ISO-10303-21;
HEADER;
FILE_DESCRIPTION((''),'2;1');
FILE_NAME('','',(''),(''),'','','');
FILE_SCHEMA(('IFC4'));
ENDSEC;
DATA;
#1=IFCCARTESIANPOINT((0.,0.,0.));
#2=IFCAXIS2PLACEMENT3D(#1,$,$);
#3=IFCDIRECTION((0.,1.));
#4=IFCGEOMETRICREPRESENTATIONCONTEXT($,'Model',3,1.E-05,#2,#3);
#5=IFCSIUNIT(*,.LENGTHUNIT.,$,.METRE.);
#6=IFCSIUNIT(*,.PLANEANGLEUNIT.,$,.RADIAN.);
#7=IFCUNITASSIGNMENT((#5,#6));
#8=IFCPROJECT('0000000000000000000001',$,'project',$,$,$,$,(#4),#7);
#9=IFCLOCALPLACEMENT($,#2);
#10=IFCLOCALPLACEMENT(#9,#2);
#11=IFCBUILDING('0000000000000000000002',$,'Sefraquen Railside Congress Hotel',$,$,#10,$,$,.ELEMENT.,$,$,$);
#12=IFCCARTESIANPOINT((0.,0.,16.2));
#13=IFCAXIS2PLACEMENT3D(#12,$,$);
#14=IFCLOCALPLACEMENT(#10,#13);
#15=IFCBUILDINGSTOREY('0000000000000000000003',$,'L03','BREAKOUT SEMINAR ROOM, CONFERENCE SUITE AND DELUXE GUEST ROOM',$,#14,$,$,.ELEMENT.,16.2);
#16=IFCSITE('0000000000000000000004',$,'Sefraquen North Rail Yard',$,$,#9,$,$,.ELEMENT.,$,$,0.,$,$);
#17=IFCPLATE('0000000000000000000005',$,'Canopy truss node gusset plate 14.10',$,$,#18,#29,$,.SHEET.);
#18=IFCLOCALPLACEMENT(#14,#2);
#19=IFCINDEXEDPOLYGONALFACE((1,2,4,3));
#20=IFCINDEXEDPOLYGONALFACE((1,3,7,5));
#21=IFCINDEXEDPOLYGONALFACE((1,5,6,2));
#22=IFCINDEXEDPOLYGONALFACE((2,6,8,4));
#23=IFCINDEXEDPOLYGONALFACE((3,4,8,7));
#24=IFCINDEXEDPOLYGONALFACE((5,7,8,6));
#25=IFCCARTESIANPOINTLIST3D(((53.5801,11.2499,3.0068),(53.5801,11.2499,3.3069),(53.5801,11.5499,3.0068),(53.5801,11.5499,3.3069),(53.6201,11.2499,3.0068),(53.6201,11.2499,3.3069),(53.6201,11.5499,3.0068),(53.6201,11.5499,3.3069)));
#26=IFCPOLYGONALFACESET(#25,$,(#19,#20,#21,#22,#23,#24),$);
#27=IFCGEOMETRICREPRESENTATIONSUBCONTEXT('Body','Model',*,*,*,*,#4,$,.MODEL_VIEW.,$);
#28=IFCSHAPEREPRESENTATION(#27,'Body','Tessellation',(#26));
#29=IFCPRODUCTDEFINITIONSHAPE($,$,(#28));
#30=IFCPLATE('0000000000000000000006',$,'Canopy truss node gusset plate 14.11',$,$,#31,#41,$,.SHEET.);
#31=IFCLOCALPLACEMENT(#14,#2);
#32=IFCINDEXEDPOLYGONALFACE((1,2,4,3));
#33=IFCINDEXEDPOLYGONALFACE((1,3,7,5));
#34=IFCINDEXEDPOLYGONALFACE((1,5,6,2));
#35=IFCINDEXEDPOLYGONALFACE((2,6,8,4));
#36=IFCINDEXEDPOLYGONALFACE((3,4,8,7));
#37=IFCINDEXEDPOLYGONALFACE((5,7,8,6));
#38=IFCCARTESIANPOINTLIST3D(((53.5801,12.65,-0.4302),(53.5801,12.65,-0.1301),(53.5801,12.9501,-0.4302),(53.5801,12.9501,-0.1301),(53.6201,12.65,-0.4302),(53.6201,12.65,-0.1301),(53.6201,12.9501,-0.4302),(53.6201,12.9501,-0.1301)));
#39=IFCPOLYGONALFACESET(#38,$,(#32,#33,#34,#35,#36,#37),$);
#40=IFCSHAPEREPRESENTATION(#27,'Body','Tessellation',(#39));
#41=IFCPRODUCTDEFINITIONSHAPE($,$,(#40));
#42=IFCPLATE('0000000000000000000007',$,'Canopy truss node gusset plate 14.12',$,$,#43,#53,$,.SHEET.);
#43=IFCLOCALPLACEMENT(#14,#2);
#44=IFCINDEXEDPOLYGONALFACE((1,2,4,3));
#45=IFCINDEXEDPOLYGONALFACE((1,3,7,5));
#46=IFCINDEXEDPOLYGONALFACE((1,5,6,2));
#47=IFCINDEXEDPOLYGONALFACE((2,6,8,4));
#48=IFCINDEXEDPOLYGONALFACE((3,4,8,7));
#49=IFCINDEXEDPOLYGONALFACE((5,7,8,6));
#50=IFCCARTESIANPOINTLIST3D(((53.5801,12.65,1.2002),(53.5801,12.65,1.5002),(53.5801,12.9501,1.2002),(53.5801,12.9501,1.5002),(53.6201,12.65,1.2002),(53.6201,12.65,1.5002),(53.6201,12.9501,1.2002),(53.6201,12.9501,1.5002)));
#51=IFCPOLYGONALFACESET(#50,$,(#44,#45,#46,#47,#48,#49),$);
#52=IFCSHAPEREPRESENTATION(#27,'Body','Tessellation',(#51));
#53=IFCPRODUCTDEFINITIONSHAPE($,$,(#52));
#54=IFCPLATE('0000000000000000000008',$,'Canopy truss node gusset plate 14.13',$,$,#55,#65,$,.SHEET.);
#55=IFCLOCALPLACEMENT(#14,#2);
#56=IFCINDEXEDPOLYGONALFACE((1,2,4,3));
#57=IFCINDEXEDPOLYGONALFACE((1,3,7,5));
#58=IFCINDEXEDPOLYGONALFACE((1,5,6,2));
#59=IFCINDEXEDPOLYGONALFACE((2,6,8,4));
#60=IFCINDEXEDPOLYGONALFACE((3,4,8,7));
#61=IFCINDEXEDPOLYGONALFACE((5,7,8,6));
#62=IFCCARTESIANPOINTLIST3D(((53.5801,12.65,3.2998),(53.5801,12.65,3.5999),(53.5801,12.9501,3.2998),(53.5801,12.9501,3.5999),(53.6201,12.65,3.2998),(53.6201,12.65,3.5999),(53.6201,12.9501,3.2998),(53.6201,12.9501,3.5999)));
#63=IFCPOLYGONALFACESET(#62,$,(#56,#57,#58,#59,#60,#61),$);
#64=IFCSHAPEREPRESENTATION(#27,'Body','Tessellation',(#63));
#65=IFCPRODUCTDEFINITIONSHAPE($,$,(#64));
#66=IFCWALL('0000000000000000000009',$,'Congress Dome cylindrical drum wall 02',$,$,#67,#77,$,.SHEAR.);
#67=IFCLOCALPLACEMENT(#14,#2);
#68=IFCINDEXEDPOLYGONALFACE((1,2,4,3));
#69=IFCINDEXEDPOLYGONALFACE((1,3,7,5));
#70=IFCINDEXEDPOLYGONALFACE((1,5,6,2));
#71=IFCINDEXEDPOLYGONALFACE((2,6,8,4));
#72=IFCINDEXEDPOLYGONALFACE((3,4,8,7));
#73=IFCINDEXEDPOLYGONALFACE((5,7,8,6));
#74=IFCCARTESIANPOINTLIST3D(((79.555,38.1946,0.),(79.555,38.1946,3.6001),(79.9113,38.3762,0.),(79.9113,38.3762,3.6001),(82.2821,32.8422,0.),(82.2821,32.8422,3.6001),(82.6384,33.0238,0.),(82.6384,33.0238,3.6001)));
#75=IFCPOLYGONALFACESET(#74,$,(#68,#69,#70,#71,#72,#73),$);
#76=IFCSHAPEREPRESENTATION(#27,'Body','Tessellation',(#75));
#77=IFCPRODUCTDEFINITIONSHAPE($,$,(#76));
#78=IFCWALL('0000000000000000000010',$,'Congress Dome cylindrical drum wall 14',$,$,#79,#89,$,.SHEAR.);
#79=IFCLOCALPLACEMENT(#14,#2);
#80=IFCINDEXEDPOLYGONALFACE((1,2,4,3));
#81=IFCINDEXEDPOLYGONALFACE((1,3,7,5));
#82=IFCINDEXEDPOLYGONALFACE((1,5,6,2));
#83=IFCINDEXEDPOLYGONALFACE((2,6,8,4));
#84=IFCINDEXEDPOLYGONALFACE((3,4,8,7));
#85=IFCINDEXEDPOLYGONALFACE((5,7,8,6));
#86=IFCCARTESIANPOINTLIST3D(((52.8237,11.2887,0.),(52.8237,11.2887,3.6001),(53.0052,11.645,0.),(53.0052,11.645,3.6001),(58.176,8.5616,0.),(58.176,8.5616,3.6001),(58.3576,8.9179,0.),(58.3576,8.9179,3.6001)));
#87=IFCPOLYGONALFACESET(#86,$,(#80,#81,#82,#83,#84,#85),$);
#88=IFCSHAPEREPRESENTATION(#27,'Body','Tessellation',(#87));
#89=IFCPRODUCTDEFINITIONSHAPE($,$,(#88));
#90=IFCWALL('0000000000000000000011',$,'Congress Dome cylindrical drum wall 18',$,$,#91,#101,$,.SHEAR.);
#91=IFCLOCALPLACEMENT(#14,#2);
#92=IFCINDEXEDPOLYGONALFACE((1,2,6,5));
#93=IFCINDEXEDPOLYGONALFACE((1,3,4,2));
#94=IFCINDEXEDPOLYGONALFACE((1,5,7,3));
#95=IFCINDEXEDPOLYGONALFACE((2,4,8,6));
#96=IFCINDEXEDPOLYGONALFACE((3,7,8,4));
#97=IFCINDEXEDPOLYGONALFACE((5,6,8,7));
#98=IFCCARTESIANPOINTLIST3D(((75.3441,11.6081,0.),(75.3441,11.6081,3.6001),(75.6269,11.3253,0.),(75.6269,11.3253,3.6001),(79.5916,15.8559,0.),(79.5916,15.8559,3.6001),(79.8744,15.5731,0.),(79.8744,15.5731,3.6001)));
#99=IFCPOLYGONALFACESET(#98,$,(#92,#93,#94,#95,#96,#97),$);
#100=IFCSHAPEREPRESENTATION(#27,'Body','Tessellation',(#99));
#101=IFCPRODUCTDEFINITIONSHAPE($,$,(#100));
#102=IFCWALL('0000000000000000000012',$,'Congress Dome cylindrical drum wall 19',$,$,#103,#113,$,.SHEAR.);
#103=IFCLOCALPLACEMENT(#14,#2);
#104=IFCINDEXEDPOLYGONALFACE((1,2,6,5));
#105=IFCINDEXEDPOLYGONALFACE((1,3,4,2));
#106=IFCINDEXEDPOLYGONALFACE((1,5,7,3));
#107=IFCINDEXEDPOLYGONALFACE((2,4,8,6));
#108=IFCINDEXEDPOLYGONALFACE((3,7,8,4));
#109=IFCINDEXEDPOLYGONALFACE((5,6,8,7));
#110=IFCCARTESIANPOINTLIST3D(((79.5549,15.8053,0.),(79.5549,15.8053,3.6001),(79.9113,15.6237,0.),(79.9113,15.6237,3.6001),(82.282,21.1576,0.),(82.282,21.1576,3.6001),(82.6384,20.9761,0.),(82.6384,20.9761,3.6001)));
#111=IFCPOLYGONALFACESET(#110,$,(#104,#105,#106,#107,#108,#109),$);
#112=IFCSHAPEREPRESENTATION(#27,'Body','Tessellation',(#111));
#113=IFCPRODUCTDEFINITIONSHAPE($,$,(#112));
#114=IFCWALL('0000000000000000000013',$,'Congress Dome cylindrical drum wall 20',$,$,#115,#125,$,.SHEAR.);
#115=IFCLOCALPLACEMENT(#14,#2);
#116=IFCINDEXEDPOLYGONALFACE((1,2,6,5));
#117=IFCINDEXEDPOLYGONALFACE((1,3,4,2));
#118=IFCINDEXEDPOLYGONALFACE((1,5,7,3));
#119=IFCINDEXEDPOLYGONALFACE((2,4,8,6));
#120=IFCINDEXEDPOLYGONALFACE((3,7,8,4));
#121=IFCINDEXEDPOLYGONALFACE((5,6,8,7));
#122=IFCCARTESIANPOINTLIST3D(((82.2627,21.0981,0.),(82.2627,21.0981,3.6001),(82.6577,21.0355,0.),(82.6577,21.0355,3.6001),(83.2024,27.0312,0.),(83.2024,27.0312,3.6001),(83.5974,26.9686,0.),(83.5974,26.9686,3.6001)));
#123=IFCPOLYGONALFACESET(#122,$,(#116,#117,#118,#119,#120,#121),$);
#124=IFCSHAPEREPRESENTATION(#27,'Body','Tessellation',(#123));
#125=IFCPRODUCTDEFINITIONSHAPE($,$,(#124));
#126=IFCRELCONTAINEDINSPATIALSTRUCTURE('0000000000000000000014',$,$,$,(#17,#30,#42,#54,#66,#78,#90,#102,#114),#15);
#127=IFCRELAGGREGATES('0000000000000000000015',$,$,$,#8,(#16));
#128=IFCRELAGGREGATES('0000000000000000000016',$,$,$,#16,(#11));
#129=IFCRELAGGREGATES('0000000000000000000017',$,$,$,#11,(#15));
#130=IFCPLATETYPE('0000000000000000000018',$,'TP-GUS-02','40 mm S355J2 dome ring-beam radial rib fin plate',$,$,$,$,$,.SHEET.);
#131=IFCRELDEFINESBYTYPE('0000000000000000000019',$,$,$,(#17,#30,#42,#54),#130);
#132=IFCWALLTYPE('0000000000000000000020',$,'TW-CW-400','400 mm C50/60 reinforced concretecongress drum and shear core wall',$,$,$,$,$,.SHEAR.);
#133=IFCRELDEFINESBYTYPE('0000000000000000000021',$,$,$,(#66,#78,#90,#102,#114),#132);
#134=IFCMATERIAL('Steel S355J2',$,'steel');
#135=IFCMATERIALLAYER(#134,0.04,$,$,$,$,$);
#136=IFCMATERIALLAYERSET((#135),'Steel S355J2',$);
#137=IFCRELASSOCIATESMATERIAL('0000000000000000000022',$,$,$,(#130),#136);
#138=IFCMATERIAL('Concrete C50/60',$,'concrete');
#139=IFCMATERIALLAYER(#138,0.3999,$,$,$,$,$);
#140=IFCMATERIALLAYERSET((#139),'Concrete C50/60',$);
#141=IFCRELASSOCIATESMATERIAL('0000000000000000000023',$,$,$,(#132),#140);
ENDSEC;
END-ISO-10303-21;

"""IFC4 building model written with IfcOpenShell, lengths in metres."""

from ifc_helpers import new_model, si_unit, direction, frame, frame_2d, origin, origin_2d, place, context, subcontext, project, spatial, rectangle, extrude, material, layer, layer_set, type_object, element, save


model = new_model("IFC4")

# Units and contexts
model_context = context("Model", 3, precision=1e-05, world=origin(), true_north=direction((0.0, 1.0)))
body_context = subcontext(model_context, "Body", "Model", "MODEL_VIEW")
ifc_project = project(units=[si_unit("LENGTHUNIT", "METRE"), si_unit("PLANEANGLEUNIT", "RADIAN")], contexts=[model_context])

# Site, building, storey
site_placement = place(None, origin())
site = spatial("IfcSite", under=ifc_project, at=site_placement, Name="Sefraquen North Rail Yard", CompositionType="ELEMENT", RefElevation=0.0)
building_placement = place(site_placement, origin())
building = spatial("IfcBuilding", under=site, at=building_placement, Name="Sefraquen Railside Congress Hotel", CompositionType="ELEMENT")
storey_placement = place(building_placement, frame((0.0, 0.0, 16.2)))
storey = spatial("IfcBuildingStorey", under=building, at=storey_placement, Name="L03", Description="BREAKOUT SEMINAR ROOM, CONFERENCE SUITE AND DELUXE GUEST ROOM", CompositionType="ELEMENT", Elevation=16.2)

# Shared definitions
ifc_material_1 = material(Name="Steel S355J2", Category="steel")

# Plates
ifc_layer_1 = layer(ifc_material_1, 0.04)
ifc_layer_set_1 = layer_set([ifc_layer_1], Name="Steel S355J2")
plate_type = type_object("IfcPlateType", Name="TP-GUS-02", Description="40 mm S355J2 dome ring-beam radial rib fin plate", PredefinedType="SHEET", material=ifc_layer_set_1)
for number, where, z_axis, x_axis, name in (
    (1, (53.6001, 11.3999, 3.0068), (0.0, 0.0, 1.0), (1.0, 0.0, 0.0), "Canopy truss node gusset plate 14.10"),
    (2, (53.6001, 12.8, -0.4302), (0.0, 0.0, 1.0), (1.0, 0.0, 0.0), "Canopy truss node gusset plate 14.11"),
    (3, (53.6001, 12.8, 1.2002), (0.0, 0.0, 1.0), (1.0, 0.0, 0.0), "Canopy truss node gusset plate 14.12"),
    (4, (53.6001, 12.8, 3.2998), (0.0, 0.0, 1.0), (1.0, 0.0, 0.0), "Canopy truss node gusset plate 14.13"),
):
    element("IfcPlate", number, at=place(storey_placement, frame(where, z_axis=z_axis, x_axis=x_axis)), inside=storey, type_object=plate_type, Name=name, PredefinedType="SHEET", context=body_context, shape_type="SweptSolid", body=[
        extrude(rectangle(XDim=0.04, YDim=0.3, at=origin_2d()), origin(), (0.0, 0.0, 1.0), 0.3),
    ])

# Walls
ifc_material_2 = material(Name="Concrete C50/60", Category="concrete")
ifc_layer_2 = layer(ifc_material_2, 0.3999)
ifc_layer_set_2 = layer_set([ifc_layer_2], Name="Concrete C50/60")
wall_type = type_object("IfcWallType", Name="TW-CW-400", Description="400 mm C50/60 reinforced concretecongress drum and shear core wall", PredefinedType="SHEAR", material=ifc_layer_set_2)
for number, where, z_axis, x_axis, name in (
    (5, (82.4602, 32.9331, 0.0), (0.0, 0.0, 1.0), (-0.45398, 0.891012, 0.0), "Congress Dome cylindrical drum wall 02"),
    (6, (52.9146, 11.4668, 0.0), (0.0, 0.0, 1.0), (0.891012, -0.45398, 0.0), "Congress Dome cylindrical drum wall 14"),
    (7, (75.4856, 11.4668, 0.0), (0.0, 0.0, 1.0), (0.707086, 0.707127, 0.0), "Congress Dome cylindrical drum wall 18"),
    (8, (79.7332, 15.7146, 0.0), (0.0, 0.0, 1.0), (0.45398, 0.891012, 0.0), "Congress Dome cylindrical drum wall 19"),
    (9, (82.4602, 21.0669, 0.0), (0.0, 0.0, 1.0), (0.156432, 0.987689, 0.0), "Congress Dome cylindrical drum wall 20"),
):
    element("IfcWall", number, at=place(storey_placement, frame(where, z_axis=z_axis, x_axis=x_axis)), inside=storey, type_object=wall_type, Name=name, PredefinedType="SHEAR", context=body_context, shape_type="SweptSolid", body=[
        extrude(rectangle(XDim=6.0071, YDim=0.3999, at=frame_2d((3.0034, 0.0))), origin(), (0.0, 0.0, 1.0), 3.6001),
    ])

save(model, "model.ifc")
